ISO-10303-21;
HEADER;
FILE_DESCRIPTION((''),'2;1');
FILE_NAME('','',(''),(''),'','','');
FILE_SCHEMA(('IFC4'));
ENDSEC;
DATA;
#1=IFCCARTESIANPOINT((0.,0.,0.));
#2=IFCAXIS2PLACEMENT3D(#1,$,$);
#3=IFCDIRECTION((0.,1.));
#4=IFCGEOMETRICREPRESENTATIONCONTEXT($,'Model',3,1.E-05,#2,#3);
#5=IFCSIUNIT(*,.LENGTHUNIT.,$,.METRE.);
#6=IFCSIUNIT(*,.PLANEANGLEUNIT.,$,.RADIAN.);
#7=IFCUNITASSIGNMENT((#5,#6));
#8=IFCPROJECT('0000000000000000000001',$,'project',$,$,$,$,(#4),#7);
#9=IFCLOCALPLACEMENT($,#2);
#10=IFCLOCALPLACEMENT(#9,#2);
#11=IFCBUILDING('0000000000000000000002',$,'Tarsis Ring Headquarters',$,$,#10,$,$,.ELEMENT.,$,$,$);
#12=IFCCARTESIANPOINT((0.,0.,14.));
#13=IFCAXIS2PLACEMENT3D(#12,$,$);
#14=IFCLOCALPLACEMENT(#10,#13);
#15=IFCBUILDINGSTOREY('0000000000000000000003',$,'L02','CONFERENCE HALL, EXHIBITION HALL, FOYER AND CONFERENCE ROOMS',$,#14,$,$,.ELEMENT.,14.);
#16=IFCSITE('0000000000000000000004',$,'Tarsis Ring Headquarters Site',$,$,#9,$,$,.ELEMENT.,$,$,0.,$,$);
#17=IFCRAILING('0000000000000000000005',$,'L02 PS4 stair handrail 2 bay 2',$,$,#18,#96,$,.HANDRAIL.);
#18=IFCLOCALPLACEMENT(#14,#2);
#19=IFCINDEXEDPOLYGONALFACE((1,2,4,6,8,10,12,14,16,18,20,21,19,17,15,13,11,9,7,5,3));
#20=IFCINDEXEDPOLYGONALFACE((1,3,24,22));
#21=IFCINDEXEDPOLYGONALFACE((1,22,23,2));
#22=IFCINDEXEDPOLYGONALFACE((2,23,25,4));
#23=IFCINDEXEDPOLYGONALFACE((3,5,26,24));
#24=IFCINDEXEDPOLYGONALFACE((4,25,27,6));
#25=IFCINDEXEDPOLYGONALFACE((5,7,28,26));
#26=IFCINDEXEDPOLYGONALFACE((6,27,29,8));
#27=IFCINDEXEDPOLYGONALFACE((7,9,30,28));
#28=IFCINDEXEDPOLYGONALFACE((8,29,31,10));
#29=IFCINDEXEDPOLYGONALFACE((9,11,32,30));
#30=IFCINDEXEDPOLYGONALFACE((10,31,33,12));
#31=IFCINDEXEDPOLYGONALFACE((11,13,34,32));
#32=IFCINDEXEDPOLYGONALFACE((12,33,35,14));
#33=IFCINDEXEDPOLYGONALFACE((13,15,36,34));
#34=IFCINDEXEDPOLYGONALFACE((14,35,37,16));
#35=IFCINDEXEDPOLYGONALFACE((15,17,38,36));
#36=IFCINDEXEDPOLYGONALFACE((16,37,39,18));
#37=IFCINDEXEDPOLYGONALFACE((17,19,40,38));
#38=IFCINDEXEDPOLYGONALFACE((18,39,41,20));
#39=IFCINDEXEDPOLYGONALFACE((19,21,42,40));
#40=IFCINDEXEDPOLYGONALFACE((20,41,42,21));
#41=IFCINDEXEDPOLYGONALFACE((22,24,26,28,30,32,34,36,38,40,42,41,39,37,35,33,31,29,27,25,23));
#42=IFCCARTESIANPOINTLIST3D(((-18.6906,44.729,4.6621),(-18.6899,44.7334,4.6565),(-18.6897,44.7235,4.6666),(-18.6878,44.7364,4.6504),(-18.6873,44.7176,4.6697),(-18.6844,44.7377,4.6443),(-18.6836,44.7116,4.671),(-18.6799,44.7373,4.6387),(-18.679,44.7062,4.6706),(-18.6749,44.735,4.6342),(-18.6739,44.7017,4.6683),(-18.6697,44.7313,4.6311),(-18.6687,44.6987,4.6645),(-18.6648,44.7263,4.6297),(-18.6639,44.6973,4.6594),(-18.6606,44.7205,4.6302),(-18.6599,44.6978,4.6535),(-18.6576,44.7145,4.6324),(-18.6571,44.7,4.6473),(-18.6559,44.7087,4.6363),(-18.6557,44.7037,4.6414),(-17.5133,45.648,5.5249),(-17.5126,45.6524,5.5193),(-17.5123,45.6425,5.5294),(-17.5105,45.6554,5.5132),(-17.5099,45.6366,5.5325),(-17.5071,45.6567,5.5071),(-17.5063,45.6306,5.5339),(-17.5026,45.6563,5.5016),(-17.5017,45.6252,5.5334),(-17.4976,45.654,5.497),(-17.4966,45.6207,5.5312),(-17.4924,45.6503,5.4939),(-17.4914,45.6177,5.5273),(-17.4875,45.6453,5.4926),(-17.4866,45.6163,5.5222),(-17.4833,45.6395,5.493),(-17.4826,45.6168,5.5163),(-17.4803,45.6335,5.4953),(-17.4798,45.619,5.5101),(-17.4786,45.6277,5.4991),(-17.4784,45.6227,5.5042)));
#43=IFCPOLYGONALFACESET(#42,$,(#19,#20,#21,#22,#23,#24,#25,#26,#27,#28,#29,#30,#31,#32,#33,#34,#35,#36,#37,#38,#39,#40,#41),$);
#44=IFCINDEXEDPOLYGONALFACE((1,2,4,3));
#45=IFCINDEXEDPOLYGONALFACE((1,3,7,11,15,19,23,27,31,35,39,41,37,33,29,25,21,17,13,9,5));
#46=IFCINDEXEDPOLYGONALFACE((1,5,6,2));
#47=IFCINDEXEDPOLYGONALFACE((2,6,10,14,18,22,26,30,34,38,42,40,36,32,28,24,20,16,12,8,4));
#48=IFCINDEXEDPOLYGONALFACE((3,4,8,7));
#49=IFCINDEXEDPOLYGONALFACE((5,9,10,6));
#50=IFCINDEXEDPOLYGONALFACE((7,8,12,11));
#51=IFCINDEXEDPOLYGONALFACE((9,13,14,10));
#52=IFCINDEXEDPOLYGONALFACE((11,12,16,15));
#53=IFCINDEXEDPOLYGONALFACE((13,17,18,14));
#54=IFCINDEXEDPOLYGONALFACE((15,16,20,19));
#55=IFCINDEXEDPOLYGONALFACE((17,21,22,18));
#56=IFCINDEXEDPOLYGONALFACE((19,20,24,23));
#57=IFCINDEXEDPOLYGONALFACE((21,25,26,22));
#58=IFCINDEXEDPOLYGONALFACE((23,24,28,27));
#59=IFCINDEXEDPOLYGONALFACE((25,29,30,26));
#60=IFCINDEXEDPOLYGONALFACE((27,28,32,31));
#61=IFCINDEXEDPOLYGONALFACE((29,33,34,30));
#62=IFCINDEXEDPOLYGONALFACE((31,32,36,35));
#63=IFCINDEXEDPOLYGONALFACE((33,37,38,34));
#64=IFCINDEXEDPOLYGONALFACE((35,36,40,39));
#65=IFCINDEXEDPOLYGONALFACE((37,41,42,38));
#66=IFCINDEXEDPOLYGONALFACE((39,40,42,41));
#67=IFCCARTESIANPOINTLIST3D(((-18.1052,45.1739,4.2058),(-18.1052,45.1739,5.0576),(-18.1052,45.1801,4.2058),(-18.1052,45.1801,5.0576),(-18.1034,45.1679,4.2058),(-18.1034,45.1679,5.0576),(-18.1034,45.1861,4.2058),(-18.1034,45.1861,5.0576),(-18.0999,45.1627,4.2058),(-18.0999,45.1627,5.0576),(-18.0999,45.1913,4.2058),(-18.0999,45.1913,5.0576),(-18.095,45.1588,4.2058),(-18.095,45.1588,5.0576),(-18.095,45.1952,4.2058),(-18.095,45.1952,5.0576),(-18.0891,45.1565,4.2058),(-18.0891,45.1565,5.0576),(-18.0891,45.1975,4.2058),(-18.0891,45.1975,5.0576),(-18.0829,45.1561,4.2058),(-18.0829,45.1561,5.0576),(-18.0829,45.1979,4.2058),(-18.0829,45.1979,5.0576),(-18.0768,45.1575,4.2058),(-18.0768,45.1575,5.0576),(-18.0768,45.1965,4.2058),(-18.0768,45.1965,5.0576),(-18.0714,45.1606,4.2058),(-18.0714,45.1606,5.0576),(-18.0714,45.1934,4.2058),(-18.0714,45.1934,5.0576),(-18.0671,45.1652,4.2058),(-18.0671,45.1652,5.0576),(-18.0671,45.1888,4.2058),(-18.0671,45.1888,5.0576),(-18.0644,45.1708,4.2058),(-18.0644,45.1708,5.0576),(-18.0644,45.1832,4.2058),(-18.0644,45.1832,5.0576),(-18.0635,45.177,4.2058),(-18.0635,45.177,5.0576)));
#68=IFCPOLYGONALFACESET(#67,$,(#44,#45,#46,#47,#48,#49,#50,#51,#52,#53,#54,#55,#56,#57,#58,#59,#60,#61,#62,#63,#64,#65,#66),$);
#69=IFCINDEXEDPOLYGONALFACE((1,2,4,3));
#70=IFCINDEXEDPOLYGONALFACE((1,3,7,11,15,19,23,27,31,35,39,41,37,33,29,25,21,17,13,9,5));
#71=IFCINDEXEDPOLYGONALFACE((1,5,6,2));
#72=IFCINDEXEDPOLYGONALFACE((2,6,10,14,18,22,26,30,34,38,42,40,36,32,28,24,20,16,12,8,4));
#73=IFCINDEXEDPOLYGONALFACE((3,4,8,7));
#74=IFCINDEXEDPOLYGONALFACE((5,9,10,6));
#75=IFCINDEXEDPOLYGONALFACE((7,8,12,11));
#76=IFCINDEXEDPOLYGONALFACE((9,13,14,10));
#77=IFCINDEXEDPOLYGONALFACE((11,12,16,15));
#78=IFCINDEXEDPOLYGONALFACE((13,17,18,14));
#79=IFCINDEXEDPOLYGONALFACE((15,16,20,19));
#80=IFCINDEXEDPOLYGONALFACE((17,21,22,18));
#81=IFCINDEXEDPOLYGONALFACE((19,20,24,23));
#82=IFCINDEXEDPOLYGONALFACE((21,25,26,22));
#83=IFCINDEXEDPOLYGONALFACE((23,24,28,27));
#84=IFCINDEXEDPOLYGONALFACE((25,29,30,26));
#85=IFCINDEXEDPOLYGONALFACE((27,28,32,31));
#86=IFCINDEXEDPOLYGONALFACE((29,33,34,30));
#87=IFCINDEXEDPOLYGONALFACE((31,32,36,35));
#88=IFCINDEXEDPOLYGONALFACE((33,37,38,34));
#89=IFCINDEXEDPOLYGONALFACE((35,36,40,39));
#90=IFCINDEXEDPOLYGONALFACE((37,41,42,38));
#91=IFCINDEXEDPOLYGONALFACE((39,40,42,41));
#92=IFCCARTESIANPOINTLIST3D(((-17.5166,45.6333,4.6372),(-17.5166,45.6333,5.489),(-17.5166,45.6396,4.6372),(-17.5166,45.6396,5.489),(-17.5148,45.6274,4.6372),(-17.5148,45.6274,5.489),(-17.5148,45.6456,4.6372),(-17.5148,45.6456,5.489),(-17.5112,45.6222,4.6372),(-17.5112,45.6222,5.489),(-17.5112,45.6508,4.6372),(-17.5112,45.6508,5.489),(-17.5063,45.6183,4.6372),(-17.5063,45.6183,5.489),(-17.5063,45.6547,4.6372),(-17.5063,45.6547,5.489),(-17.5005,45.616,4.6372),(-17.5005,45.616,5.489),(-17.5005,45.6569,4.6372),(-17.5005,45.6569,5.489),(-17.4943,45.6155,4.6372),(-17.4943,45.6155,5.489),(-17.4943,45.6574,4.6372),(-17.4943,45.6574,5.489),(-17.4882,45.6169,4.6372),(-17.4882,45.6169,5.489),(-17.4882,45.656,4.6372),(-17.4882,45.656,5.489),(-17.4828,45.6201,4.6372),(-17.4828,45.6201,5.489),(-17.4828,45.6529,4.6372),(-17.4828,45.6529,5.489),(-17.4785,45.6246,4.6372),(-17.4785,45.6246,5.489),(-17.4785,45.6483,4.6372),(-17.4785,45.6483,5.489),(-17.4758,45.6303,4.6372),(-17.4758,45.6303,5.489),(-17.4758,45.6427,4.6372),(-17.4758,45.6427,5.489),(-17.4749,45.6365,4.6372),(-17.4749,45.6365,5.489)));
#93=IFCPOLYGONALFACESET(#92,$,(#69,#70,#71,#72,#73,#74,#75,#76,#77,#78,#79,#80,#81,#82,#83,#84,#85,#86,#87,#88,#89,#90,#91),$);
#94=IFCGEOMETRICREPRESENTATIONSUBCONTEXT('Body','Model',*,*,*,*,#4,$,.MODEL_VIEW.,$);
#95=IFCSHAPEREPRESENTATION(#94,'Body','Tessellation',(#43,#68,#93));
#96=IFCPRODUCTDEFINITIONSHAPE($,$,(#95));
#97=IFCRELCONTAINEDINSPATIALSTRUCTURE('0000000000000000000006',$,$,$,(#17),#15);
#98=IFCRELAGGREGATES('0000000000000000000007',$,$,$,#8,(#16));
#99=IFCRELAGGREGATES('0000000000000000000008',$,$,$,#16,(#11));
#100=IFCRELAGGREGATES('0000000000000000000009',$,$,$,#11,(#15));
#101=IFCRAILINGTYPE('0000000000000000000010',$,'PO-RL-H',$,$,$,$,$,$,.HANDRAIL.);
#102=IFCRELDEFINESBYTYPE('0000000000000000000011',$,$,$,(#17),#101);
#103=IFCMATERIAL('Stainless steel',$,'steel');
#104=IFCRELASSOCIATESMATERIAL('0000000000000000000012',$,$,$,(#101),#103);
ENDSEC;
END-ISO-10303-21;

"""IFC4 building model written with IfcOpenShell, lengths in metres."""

from ifc_helpers import new_model, si_unit, direction, frame, origin, origin_2d, place, context, subcontext, project, spatial, circle, extrude, material, type_object, element, save


model = new_model("IFC4")

# Units and contexts
model_context = context("Model", 3, precision=1e-05, world=origin(), true_north=direction((0.0, 1.0)))
body_context = subcontext(model_context, "Body", "Model", "MODEL_VIEW")
ifc_project = project(units=[si_unit("LENGTHUNIT", "METRE"), si_unit("PLANEANGLEUNIT", "RADIAN")], contexts=[model_context])

# Site, building, storey
site_placement = place(None, origin())
site = spatial("IfcSite", under=ifc_project, at=site_placement, Name="Tarsis Ring Headquarters Site", CompositionType="ELEMENT", RefElevation=0.0)
building_placement = place(site_placement, origin())
building = spatial("IfcBuilding", under=site, at=building_placement, Name="Tarsis Ring Headquarters", CompositionType="ELEMENT")
storey_placement = place(building_placement, frame((0.0, 0.0, 14.0)))
storey = spatial("IfcBuildingStorey", under=building, at=storey_placement, Name="L02", Description="CONFERENCE HALL, EXHIBITION HALL, FOYER AND CONFERENCE ROOMS", CompositionType="ELEMENT", Elevation=14.0)

# Railing
ifc_material_1 = material(Name="Stainless steel", Category="steel")
railing_type_1 = type_object("IfcRailingType", Name="PO-RL-H", PredefinedType="HANDRAIL", material=ifc_material_1)
railing_1_placement = place(storey_placement, frame((-18.6731, 44.7175, 3.7744)))
element("IfcRailing", 1, at=railing_1_placement, inside=storey, type_object=railing_type_1, Name="L02 PS4 stair handrail 2 bay 2", PredefinedType="HANDRAIL", context=body_context, shape_type="SweptSolid", body=[
    extrude(circle(Radius=0.0239, at=origin_2d()), frame((0.0, 0.0, 0.876), z_axis=(0.682558, 0.532798, 0.500241), x_axis=(-0.61532, 0.788277, 0.0)), (0.0, 0.0, 1.0), 1.7249),
    extrude(circle(Radius=0.021, at=origin_2d()), frame((0.5886, 0.4595, 0.4314)), (0.0, 0.0, 1.0), 0.8518),
    extrude(circle(Radius=0.021, at=origin_2d()), frame((1.1772, 0.9189, 0.8628)), (0.0, 0.0, 1.0), 0.8518),
])

save(model, "model.ifc")
